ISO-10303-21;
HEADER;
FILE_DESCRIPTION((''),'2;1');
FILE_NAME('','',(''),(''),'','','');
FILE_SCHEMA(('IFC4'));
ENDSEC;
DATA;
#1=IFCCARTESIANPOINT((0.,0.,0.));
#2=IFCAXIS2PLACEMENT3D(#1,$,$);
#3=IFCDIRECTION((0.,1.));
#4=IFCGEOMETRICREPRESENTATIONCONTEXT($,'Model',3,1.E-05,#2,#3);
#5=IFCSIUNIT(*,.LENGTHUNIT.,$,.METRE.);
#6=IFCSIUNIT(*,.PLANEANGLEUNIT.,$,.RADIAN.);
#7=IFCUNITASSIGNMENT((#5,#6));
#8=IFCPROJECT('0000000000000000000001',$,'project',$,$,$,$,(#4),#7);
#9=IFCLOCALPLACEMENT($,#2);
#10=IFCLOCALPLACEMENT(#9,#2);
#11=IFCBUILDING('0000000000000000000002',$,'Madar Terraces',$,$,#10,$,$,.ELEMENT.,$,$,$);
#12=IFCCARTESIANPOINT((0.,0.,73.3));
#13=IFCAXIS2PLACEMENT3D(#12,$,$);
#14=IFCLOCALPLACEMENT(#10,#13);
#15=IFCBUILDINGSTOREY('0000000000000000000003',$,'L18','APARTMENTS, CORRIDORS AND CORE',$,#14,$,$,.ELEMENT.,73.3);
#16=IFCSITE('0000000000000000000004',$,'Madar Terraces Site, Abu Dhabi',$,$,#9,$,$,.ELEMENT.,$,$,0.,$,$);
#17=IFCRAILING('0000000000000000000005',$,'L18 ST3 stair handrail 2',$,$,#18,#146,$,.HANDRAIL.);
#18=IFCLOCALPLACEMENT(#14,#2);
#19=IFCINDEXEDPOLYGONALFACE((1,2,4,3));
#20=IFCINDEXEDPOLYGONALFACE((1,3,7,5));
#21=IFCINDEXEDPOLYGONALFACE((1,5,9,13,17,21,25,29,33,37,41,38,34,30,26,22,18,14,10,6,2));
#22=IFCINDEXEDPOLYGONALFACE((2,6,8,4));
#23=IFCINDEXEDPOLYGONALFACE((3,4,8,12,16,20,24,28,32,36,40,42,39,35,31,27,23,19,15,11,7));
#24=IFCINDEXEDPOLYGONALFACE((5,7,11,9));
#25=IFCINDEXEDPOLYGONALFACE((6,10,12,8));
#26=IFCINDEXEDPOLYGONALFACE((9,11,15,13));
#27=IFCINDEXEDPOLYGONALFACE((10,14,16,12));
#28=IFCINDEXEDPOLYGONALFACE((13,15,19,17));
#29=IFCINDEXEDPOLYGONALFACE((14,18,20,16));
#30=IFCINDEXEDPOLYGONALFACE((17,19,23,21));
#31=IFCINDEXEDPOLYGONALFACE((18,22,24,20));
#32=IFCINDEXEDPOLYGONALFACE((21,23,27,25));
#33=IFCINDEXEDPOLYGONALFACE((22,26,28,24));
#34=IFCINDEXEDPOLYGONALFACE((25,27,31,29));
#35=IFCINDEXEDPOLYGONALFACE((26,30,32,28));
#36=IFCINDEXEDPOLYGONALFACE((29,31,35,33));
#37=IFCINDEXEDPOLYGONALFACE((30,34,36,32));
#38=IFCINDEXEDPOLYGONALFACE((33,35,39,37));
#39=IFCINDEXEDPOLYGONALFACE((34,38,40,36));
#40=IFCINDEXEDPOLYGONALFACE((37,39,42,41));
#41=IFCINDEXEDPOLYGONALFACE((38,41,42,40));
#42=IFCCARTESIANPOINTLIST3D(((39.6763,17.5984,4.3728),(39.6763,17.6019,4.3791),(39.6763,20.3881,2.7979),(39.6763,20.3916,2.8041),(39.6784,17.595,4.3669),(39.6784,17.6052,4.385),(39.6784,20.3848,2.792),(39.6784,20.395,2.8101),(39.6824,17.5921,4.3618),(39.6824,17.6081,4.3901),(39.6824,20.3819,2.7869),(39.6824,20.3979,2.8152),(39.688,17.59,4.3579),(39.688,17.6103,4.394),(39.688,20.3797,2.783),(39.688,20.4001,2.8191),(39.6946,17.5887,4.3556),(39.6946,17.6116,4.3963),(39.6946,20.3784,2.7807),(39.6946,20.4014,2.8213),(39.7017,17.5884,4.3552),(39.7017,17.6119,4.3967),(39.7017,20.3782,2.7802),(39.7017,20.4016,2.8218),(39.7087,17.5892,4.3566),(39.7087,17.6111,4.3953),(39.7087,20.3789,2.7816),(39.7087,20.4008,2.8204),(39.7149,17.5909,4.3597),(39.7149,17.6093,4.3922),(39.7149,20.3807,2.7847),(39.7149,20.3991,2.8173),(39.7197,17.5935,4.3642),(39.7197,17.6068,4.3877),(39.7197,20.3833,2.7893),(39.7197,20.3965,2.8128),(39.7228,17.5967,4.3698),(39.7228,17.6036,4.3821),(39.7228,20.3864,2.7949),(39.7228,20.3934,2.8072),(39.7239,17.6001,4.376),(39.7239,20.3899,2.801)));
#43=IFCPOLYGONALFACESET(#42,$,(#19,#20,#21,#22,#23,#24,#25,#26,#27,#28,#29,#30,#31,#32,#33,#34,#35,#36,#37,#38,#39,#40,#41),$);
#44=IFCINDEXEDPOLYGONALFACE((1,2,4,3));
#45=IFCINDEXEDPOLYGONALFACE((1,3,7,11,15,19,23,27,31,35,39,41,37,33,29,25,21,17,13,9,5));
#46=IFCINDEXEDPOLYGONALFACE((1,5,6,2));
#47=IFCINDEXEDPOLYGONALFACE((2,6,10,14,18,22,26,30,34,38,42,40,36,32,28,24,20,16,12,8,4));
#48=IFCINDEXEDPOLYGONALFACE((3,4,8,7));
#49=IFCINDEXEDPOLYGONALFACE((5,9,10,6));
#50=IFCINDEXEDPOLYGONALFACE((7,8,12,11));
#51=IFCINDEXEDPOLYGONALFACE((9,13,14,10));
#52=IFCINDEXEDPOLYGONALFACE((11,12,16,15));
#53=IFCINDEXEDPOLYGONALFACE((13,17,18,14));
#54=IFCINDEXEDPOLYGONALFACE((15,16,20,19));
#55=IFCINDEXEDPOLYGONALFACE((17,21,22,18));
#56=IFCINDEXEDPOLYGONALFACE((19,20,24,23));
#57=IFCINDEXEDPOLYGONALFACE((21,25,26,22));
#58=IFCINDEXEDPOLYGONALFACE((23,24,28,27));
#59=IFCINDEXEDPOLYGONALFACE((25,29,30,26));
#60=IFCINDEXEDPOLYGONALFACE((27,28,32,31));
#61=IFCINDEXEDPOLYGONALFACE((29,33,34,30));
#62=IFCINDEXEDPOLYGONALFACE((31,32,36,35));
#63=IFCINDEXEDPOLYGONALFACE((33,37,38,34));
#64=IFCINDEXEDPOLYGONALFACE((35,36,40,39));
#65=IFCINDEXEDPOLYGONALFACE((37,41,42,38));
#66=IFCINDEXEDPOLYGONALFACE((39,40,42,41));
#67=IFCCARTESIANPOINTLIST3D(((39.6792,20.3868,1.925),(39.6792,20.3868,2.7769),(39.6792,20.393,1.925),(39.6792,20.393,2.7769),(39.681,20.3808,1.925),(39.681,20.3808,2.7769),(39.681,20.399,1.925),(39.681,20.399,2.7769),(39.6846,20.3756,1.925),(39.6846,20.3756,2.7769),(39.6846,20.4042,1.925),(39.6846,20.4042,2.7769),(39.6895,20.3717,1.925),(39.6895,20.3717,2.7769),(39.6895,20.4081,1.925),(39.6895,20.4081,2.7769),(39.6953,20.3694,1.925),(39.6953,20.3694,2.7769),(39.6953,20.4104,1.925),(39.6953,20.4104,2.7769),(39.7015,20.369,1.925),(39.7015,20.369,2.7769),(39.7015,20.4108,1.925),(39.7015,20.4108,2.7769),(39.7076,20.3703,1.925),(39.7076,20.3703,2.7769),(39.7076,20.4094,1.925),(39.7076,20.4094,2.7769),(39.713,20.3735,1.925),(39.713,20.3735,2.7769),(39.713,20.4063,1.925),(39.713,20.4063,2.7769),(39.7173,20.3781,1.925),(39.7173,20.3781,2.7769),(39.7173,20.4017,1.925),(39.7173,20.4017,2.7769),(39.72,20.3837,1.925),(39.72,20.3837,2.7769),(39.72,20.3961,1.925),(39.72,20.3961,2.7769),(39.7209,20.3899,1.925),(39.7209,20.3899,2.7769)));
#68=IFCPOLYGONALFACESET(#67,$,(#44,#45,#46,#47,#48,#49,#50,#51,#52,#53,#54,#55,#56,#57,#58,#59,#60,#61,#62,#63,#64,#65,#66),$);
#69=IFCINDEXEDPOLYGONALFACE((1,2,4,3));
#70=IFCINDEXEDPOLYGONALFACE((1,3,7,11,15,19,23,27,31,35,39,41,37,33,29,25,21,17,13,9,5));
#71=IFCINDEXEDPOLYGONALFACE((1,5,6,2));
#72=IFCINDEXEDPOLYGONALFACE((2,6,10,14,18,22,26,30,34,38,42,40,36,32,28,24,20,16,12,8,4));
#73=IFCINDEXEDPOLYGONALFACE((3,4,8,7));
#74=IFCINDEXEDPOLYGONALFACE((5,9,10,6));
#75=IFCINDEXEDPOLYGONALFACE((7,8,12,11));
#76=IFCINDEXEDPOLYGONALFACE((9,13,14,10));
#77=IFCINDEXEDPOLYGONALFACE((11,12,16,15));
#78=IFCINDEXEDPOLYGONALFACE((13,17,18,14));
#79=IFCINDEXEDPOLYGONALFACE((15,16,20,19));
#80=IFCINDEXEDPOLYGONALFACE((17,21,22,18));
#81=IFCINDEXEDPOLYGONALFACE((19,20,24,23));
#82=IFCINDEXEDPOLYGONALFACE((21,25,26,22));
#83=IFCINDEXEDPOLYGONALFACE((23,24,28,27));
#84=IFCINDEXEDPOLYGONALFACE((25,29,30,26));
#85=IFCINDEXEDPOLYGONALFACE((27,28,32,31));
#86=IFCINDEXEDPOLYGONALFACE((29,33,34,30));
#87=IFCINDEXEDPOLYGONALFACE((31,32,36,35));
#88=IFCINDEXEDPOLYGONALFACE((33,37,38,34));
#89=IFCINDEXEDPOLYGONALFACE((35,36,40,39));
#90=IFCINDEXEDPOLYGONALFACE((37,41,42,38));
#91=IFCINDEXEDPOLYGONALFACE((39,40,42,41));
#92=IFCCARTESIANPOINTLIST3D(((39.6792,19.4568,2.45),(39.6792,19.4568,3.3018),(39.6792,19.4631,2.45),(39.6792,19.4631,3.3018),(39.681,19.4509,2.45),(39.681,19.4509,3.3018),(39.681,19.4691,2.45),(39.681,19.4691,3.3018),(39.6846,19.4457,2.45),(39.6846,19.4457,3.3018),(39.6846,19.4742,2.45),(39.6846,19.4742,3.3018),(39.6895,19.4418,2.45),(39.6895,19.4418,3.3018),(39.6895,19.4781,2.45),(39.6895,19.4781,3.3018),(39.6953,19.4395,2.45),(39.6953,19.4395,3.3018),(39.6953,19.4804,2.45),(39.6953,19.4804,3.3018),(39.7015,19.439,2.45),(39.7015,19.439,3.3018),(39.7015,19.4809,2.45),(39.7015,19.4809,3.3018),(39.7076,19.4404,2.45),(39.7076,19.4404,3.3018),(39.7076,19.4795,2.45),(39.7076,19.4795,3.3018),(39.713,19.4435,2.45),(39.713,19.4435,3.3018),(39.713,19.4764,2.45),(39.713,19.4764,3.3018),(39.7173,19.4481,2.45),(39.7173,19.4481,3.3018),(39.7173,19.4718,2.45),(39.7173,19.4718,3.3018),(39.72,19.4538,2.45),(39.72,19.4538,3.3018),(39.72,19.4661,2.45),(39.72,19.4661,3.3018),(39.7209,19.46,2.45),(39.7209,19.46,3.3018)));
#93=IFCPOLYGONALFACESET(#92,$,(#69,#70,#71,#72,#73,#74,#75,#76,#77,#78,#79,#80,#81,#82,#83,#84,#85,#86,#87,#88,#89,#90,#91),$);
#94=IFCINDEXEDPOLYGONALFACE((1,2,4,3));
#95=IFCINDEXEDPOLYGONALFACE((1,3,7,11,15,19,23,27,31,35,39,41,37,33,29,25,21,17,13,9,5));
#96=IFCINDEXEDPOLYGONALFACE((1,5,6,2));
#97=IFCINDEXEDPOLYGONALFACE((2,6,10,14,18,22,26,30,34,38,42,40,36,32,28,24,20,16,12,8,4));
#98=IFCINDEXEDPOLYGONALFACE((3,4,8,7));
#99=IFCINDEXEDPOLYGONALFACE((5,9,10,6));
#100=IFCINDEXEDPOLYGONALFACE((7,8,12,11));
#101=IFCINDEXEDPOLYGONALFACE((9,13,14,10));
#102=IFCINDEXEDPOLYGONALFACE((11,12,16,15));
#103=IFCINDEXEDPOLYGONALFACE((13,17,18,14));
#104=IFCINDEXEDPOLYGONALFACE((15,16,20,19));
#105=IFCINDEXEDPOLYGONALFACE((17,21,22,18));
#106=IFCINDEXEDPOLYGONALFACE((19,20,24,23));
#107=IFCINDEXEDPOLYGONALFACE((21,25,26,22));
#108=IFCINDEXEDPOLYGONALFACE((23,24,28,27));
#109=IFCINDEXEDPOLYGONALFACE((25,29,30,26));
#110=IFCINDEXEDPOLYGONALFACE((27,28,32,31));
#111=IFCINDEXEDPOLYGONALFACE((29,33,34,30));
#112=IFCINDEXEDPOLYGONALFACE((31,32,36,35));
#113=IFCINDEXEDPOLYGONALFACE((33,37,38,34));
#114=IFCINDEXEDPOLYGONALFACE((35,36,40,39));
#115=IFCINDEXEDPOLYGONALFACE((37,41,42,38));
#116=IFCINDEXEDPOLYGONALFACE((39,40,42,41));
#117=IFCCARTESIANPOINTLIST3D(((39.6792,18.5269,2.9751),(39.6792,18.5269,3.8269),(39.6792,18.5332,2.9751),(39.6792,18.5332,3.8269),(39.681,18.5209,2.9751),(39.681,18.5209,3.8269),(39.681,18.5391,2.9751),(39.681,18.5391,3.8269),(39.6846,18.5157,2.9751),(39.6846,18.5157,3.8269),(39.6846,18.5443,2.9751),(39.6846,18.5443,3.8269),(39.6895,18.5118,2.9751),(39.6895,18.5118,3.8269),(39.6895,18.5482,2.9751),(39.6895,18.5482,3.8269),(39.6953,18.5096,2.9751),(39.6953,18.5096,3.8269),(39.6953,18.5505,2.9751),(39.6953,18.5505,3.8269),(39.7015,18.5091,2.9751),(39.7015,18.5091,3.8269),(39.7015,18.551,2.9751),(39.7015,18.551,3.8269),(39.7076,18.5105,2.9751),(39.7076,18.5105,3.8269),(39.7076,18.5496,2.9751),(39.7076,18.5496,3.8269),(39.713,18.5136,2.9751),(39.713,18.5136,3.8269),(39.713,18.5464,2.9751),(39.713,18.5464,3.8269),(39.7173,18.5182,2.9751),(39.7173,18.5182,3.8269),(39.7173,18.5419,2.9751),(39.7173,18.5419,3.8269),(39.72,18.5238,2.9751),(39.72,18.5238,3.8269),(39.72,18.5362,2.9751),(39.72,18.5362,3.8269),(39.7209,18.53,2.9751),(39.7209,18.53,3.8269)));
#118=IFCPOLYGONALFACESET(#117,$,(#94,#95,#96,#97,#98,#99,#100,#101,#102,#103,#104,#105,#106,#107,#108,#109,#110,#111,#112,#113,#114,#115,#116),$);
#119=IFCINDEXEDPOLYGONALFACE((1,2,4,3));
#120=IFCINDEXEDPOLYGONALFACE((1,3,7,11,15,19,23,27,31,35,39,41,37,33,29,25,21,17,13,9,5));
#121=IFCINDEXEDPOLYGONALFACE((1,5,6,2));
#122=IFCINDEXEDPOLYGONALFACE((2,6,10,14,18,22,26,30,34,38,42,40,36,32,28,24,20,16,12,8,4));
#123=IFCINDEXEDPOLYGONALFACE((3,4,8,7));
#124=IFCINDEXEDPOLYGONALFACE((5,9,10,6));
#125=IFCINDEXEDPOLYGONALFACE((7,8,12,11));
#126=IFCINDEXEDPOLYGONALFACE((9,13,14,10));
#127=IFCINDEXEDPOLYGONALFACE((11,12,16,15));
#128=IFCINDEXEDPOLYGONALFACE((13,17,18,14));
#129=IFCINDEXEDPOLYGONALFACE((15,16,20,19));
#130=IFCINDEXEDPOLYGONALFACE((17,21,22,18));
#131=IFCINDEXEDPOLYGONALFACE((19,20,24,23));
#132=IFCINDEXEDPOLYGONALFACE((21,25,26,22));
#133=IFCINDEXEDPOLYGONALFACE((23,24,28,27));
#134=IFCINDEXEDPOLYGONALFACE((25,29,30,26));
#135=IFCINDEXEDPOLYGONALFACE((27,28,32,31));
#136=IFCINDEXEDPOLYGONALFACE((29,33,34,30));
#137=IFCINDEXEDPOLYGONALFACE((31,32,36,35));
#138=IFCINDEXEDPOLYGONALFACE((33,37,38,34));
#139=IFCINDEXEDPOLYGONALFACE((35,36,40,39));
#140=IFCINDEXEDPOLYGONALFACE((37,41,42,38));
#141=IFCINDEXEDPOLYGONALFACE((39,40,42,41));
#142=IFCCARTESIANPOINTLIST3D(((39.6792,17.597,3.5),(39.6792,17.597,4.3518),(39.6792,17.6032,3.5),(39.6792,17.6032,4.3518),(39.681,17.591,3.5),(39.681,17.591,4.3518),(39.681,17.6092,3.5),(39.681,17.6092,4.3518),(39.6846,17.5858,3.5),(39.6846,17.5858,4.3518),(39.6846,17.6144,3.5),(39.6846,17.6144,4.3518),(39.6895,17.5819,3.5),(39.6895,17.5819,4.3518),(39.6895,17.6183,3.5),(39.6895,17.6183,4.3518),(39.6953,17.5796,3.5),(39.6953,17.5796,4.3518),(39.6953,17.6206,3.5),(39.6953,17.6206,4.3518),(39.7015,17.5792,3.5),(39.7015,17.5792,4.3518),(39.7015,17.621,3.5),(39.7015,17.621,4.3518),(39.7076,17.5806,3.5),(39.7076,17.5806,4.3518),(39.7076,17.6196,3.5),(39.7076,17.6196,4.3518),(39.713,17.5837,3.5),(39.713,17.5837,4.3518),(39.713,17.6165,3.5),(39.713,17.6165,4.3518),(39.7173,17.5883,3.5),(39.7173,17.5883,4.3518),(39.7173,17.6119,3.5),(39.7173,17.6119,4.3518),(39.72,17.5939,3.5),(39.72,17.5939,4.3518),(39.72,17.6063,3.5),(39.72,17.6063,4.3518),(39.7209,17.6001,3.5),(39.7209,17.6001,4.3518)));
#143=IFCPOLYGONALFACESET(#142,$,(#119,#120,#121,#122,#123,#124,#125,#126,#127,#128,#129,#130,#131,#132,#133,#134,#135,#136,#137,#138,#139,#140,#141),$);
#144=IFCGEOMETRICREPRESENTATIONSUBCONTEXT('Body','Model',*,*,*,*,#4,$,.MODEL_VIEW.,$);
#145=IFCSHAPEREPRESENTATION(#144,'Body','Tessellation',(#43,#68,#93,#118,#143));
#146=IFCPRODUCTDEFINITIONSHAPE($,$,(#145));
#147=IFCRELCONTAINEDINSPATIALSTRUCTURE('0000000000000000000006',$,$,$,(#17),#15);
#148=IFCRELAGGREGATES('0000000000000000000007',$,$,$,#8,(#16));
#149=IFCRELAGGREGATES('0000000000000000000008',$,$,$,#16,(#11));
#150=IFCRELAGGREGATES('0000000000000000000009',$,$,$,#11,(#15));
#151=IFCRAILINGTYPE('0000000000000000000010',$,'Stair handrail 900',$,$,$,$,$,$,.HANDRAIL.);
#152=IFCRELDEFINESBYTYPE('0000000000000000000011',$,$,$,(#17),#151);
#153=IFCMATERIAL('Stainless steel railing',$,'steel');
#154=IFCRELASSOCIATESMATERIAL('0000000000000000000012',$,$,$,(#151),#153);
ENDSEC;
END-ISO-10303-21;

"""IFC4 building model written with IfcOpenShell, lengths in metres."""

from ifc_helpers import new_model, si_unit, direction, frame, origin, origin_2d, place, context, subcontext, project, spatial, circle, extrude, material, type_object, element, save


model = new_model("IFC4")

# Units and contexts
model_context = context("Model", 3, precision=1e-05, world=origin(), true_north=direction((0.0, 1.0)))
body_context = subcontext(model_context, "Body", "Model", "MODEL_VIEW")
ifc_project = project(units=[si_unit("LENGTHUNIT", "METRE"), si_unit("PLANEANGLEUNIT", "RADIAN")], contexts=[model_context])

# Site, building, storey
site_placement = place(None, origin())
site = spatial("IfcSite", under=ifc_project, at=site_placement, Name="Madar Terraces Site, Abu Dhabi", CompositionType="ELEMENT", RefElevation=0.0)
building_placement = place(site_placement, origin())
building = spatial("IfcBuilding", under=site, at=building_placement, Name="Madar Terraces", CompositionType="ELEMENT")
storey_placement = place(building_placement, frame((0.0, 0.0, 73.3)))
storey = spatial("IfcBuildingStorey", under=building, at=storey_placement, Name="L18", Description="APARTMENTS, CORRIDORS AND CORE", CompositionType="ELEMENT", Elevation=73.3)

# Railing
ifc_material_1 = material(Name="Stainless steel railing", Category="steel")
railing_type_1 = type_object("IfcRailingType", Name="Stair handrail 900", PredefinedType="HANDRAIL", material=ifc_material_1)
railing_1_placement = place(storey_placement, frame((39.7, 20.3899, 1.925)))
element("IfcRailing", 1, at=railing_1_placement, inside=storey, type_object=railing_type_1, Name="L18 ST3 stair handrail 2", PredefinedType="HANDRAIL", context=body_context, shape_type="SweptSolid", body=[
    extrude(circle(Radius=0.0239, at=origin_2d()), frame((0.0, 0.0, 0.876), z_axis=(0.0, -0.870815, 0.49161), x_axis=(1.0, 0.0, 0.0)), (0.0, 0.0, 1.0), 3.2036),
    extrude(circle(Radius=0.021, at=origin_2d()), origin(), (0.0, 0.0, 1.0), 0.8518),
    extrude(circle(Radius=0.021, at=origin_2d()), frame((0.0, -0.9299, 0.5249)), (0.0, 0.0, 1.0), 0.8518),
    extrude(circle(Radius=0.021, at=origin_2d()), frame((0.0, -1.8599, 1.05)), (0.0, 0.0, 1.0), 0.8518),
    extrude(circle(Radius=0.021, at=origin_2d()), frame((0.0, -2.7898, 1.575)), (0.0, 0.0, 1.0), 0.8518),
])

save(model, "model.ifc")
